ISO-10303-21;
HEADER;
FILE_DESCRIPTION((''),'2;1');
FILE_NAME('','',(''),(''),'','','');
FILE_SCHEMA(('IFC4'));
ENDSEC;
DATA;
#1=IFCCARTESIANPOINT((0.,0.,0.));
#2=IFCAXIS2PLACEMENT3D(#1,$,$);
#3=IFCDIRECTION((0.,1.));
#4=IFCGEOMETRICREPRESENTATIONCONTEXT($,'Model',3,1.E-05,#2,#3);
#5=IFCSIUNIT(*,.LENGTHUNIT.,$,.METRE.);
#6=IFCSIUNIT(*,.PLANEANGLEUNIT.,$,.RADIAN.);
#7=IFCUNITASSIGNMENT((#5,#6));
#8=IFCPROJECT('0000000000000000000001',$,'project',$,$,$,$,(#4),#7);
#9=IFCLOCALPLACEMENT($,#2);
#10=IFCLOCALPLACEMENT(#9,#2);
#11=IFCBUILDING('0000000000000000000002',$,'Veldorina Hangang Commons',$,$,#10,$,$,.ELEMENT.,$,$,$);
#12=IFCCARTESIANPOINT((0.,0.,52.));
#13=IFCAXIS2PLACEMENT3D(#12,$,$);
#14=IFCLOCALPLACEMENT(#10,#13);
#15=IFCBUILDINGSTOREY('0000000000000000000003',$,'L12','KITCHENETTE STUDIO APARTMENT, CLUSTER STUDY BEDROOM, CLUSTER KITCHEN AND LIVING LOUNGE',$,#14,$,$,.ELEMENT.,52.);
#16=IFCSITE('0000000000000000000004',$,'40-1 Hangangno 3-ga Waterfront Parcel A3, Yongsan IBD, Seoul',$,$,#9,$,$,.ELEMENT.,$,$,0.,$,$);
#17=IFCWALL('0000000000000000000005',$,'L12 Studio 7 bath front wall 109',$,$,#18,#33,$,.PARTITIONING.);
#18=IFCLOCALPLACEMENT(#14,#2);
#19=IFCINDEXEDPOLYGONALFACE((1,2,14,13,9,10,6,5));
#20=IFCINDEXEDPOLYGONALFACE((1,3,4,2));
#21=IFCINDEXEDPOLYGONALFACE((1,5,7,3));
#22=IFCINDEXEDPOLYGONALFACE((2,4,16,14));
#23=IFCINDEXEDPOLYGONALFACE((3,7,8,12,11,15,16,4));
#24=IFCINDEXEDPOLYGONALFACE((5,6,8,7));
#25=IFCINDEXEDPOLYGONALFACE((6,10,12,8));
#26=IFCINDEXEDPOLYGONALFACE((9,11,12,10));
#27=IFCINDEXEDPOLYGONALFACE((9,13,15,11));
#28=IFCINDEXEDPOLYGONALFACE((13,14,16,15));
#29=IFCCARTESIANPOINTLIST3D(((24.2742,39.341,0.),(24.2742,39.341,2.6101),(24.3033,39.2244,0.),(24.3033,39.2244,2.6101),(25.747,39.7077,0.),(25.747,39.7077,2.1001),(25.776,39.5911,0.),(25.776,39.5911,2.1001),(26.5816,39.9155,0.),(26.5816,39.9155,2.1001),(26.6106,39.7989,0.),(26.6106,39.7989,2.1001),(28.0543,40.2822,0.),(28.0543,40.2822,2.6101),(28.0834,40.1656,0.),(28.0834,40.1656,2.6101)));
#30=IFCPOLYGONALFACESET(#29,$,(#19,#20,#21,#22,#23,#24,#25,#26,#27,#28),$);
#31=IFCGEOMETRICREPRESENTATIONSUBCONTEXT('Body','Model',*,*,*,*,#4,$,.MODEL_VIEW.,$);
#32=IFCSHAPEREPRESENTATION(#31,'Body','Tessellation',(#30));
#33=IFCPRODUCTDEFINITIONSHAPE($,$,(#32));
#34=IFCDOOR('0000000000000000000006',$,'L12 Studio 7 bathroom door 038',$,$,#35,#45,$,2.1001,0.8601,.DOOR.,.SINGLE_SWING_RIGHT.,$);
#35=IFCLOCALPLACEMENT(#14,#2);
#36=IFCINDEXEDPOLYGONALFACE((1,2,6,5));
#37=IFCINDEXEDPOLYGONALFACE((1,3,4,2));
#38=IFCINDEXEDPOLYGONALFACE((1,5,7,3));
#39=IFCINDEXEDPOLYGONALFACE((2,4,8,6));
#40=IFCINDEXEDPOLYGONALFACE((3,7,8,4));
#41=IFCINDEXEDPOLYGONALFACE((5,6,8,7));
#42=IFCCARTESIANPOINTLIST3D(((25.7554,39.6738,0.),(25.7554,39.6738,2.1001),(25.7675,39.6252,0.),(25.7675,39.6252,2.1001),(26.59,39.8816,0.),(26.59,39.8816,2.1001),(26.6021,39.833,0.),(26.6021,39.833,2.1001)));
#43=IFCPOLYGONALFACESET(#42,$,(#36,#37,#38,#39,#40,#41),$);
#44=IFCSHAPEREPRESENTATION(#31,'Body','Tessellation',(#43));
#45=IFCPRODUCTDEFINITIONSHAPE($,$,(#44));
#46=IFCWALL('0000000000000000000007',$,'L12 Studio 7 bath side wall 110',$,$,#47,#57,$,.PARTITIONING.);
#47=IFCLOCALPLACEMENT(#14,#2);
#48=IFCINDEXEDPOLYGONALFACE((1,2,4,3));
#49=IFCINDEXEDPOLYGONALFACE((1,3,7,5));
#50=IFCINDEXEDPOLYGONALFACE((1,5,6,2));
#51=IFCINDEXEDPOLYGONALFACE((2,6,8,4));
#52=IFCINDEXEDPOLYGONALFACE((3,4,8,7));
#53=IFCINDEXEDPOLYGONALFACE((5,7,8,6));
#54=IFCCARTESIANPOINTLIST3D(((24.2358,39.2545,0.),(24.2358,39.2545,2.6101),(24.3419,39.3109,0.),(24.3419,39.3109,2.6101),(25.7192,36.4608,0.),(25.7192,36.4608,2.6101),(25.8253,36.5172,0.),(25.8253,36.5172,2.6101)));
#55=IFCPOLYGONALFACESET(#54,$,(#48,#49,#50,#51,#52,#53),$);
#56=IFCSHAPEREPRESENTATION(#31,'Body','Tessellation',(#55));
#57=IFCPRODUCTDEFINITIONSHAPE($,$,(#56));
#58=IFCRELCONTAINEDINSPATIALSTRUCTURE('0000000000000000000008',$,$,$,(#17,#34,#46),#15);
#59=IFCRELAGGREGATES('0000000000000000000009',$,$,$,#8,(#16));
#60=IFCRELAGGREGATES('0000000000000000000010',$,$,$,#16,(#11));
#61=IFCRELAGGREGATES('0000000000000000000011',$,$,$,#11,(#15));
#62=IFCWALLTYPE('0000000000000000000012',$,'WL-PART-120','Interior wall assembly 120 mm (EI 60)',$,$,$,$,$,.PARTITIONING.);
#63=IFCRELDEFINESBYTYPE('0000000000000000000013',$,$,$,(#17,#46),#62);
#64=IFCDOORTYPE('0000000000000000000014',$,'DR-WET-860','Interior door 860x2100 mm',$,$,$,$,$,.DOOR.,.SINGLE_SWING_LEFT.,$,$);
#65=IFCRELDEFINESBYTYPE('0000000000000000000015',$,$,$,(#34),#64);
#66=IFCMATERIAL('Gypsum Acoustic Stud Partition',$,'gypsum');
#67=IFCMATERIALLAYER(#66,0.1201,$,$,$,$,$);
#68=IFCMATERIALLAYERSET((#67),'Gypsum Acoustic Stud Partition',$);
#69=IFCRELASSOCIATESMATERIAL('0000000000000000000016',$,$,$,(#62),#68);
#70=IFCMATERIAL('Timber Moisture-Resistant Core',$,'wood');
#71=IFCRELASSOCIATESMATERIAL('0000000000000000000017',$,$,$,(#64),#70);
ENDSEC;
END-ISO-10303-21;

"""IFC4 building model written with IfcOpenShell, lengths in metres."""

from ifc_helpers import new_model, si_unit, direction, frame, frame_2d, origin, place, context, subcontext, project, spatial, rectangle, extrude, material, layer, layer_set, type_object, element, fill, save


model = new_model("IFC4")

# Units and contexts
model_context = context("Model", 3, precision=1e-05, world=origin(), true_north=direction((0.0, 1.0)))
body_context = subcontext(model_context, "Body", "Model", "MODEL_VIEW")
ifc_project = project(units=[si_unit("LENGTHUNIT", "METRE"), si_unit("PLANEANGLEUNIT", "RADIAN")], contexts=[model_context])

# Site, building, storey
site_placement = place(None, origin())
site = spatial("IfcSite", under=ifc_project, at=site_placement, Name="40-1 Hangangno 3-ga Waterfront Parcel A3, Yongsan IBD, Seoul", CompositionType="ELEMENT", RefElevation=0.0)
building_placement = place(site_placement, origin())
building = spatial("IfcBuilding", under=site, at=building_placement, Name="Veldorina Hangang Commons", CompositionType="ELEMENT")
storey_placement = place(building_placement, frame((0.0, 0.0, 52.0)))
storey = spatial("IfcBuildingStorey", under=building, at=storey_placement, Name="L12", Description="KITCHENETTE STUDIO APARTMENT, CLUSTER STUDY BEDROOM, CLUSTER KITCHEN AND LIVING LOUNGE", CompositionType="ELEMENT", Elevation=52.0)

# Wall, opening, door
ifc_material_1 = material(Name="Gypsum Acoustic Stud Partition", Category="gypsum")
ifc_layer_1 = layer(ifc_material_1, 0.1201)
ifc_layer_set_1 = layer_set([ifc_layer_1], Name="Gypsum Acoustic Stud Partition")
wall_type_1 = type_object("IfcWallType", Name="WL-PART-120", Description="Interior wall assembly 120 mm (EI 60)", PredefinedType="PARTITIONING", material=ifc_layer_set_1)
wall_1_placement = place(storey_placement, frame((28.0688, 40.2239, 0.0), z_axis=(0.0, 0.0, 1.0), x_axis=(-0.970374, -0.241606, 0.0)))
wall_1 = element("IfcWall", 1, at=wall_1_placement, inside=storey, type_object=wall_type_1, Name="L12 Studio 7 bath front wall 109", PredefinedType="PARTITIONING", context=body_context, shape_type="SweptSolid", body=[
    extrude(rectangle(XDim=3.8955, YDim=0.1201, at=frame_2d((1.9478, 0.0))), origin(), (0.0, 0.0, 1.0), 2.6101),
])
opening_1_placement = place(wall_1_placement, frame((1.5176, 0.0, 0.0)))
opening_1 = element("IfcOpeningElement", 2, at=opening_1_placement, cuts=wall_1, PredefinedType="OPENING", context=body_context, shape_type="SweptSolid", body=[
    extrude(rectangle(XDim=0.8601, YDim=2.1001, at=frame_2d((0.4302, 1.05))), frame((0.0, 0.0701, 0.0), z_axis=(0.0, -1.0, 0.0), x_axis=(1.0, 0.0, 0.0)), (0.0, 0.0, 1.0), 0.1401),
])
ifc_material_2 = material(Name="Timber Moisture-Resistant Core", Category="wood")
door_type_1 = type_object("IfcDoorType", Name="DR-WET-860", Description="Interior door 860x2100 mm", OperationType="SINGLE_SWING_LEFT", PredefinedType="DOOR", material=ifc_material_2)
door_1_placement = place(opening_1_placement, origin())
door_1 = element("IfcDoor", 3, at=door_1_placement, inside=storey, type_object=door_type_1, Name="L12 Studio 7 bathroom door 038", OperationType="SINGLE_SWING_RIGHT", OverallHeight=2.1001, OverallWidth=0.8601, PredefinedType="DOOR", context=body_context, shape_type="SweptSolid", body=[
    extrude(rectangle(XDim=0.8601, YDim=2.1001, at=frame_2d((0.4302, 1.05))), frame((0.0, 0.0249, 0.0), z_axis=(0.0, -1.0, 0.0), x_axis=(1.0, 0.0, 0.0)), (0.0, 0.0, 1.0), 0.05),
])
fill(opening_1, door_1)

# Wall
wall_2_placement = place(storey_placement, frame((25.7722, 36.489, 0.0), z_axis=(0.0, 0.0, 1.0), x_axis=(-0.468969, 0.883215, 0.0)))
element("IfcWall", 4, at=wall_2_placement, inside=storey, type_object=wall_type_1, Name="L12 Studio 7 bath side wall 110", PredefinedType="PARTITIONING", context=body_context, shape_type="SweptSolid", body=[
    extrude(rectangle(XDim=3.1631, YDim=0.1201, at=frame_2d((1.5815, 0.0))), origin(), (0.0, 0.0, 1.0), 2.6101),
])

save(model, "model.ifc")
